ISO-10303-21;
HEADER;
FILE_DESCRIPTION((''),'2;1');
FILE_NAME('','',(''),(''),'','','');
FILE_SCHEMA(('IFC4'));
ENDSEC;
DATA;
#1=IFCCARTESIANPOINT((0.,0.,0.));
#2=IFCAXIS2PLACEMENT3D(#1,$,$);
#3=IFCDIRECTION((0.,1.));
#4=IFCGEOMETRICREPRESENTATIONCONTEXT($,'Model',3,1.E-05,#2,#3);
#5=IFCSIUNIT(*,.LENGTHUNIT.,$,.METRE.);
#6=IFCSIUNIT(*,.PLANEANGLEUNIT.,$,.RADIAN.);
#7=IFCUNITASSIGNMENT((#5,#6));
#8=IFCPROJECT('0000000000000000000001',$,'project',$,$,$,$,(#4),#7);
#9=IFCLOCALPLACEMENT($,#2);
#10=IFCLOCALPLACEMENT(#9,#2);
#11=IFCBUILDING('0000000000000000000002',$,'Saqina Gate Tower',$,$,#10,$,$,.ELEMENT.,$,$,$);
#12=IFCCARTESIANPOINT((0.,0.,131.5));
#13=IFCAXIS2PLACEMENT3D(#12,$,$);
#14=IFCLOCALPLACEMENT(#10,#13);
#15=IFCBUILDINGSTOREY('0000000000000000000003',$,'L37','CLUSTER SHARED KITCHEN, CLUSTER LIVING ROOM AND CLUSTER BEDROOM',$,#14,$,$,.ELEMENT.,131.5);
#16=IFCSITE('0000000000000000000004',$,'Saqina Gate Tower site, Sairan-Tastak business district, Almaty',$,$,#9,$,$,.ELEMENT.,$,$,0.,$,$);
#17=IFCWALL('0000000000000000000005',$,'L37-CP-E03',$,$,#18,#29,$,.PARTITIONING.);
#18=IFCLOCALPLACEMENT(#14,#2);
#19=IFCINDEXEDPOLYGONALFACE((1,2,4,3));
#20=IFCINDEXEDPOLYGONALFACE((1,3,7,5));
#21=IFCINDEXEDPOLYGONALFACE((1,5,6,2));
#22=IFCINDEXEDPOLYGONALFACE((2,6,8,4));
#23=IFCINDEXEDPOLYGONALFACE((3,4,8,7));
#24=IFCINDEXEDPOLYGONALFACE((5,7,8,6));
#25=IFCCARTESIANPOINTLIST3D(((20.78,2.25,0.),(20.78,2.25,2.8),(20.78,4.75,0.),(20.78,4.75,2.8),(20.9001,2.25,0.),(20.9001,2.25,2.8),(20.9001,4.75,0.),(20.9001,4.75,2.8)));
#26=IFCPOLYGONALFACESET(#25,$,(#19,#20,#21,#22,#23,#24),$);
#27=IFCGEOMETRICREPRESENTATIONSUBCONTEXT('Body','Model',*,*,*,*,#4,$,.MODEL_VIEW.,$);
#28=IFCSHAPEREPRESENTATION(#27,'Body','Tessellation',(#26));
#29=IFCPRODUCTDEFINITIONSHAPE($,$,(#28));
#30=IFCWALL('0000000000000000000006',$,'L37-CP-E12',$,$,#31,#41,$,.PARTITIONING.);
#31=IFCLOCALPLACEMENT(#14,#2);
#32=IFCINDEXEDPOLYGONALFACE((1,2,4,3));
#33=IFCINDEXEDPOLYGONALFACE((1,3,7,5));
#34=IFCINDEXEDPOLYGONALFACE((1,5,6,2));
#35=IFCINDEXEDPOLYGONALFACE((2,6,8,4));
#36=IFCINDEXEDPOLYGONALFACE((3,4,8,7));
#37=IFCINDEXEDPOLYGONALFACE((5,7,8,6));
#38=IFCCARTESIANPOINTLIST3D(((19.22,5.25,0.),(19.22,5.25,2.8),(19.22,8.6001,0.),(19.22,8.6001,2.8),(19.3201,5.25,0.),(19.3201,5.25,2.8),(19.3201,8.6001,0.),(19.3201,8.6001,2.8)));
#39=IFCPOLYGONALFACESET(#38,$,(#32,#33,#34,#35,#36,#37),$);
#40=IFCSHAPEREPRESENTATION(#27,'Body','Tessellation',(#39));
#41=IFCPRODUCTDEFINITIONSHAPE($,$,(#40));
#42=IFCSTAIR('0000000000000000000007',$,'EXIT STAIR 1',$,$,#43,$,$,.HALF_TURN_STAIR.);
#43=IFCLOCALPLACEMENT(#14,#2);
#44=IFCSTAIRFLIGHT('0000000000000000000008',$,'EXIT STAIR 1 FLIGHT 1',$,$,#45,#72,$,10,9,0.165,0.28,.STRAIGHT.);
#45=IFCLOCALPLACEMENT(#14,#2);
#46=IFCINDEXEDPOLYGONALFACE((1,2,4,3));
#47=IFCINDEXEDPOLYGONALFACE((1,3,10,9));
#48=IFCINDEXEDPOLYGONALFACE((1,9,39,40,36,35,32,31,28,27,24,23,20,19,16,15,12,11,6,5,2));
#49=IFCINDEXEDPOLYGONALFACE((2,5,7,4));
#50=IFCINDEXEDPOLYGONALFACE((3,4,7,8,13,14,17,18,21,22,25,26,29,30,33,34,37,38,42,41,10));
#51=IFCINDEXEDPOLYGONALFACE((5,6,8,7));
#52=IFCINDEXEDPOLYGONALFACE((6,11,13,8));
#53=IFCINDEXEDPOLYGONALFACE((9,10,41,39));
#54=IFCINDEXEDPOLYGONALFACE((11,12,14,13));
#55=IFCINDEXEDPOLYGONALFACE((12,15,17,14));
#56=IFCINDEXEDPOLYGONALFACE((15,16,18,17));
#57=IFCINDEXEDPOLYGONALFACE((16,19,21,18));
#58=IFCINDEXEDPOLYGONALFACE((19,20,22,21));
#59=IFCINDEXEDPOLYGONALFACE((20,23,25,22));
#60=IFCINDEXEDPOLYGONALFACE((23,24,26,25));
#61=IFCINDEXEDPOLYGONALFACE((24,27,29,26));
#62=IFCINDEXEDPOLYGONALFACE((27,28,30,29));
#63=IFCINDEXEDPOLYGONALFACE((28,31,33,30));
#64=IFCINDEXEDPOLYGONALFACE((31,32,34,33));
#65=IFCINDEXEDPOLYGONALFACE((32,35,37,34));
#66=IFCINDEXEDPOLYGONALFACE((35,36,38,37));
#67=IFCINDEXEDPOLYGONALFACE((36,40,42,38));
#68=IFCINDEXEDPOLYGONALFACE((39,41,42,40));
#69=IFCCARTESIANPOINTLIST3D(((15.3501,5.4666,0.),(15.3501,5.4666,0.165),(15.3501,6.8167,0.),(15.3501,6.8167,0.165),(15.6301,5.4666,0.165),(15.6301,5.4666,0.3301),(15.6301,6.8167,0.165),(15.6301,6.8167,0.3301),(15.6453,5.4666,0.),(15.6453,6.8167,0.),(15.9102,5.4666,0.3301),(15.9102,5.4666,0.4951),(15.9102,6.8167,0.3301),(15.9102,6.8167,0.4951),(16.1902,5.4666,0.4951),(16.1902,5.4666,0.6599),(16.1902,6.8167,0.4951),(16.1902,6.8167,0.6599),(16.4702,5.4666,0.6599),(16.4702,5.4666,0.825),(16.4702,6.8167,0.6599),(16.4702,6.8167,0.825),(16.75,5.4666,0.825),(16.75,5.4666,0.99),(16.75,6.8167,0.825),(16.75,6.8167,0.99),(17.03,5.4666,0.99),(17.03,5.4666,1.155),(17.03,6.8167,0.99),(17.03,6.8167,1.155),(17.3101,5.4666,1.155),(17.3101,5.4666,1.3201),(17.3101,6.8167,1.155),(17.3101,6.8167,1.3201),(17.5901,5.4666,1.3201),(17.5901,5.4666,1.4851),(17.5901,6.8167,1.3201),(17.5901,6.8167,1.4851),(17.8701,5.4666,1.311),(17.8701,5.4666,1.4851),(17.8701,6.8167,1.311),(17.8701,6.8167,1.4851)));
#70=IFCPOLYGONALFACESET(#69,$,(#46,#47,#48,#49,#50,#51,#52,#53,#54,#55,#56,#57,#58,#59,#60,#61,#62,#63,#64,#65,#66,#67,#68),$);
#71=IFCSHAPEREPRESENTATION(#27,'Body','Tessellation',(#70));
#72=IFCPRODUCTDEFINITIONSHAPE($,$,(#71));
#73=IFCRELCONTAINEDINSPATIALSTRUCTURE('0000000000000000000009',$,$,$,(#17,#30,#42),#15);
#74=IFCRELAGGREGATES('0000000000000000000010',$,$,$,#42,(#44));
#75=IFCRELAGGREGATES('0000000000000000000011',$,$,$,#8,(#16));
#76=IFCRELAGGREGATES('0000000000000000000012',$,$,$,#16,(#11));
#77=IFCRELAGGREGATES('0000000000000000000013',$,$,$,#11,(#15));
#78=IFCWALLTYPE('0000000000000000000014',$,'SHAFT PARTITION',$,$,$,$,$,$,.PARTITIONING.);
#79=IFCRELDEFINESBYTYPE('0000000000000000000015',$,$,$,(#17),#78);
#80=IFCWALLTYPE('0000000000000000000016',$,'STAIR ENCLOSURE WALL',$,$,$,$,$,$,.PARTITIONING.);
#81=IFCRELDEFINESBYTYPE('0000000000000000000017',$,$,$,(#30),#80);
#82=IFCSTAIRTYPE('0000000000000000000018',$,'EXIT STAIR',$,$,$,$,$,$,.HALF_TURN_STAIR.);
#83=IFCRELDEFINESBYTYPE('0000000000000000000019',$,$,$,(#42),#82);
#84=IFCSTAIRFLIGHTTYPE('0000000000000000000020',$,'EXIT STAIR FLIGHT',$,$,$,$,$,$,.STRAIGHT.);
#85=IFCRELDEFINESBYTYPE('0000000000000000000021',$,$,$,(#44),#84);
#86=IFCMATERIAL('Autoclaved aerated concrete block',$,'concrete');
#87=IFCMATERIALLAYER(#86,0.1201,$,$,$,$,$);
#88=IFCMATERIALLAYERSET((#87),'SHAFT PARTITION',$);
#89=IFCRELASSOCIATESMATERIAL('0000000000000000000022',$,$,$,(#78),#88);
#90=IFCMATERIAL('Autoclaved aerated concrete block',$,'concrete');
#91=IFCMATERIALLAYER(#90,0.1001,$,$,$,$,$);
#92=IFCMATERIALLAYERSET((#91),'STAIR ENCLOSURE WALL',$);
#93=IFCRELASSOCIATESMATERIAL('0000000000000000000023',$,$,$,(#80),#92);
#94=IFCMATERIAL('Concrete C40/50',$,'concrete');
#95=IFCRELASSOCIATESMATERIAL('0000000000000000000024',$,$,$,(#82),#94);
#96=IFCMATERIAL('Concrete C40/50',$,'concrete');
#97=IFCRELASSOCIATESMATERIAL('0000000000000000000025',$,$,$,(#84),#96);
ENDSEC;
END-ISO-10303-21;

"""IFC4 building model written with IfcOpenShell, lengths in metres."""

from ifc_helpers import new_model, si_unit, direction, frame, frame_2d, origin, place, context, subcontext, project, spatial, polyline, rectangle, outline, extrude, material, layer, layer_set, type_object, element, aggregate, save


model = new_model("IFC4")

# Units and contexts
model_context = context("Model", 3, precision=1e-05, world=origin(), true_north=direction((0.0, 1.0)))
body_context = subcontext(model_context, "Body", "Model", "MODEL_VIEW")
ifc_project = project(units=[si_unit("LENGTHUNIT", "METRE"), si_unit("PLANEANGLEUNIT", "RADIAN")], contexts=[model_context])

# Site, building, storey
site_placement = place(None, origin())
site = spatial("IfcSite", under=ifc_project, at=site_placement, Name="Saqina Gate Tower site, Sairan-Tastak business district, Almaty", CompositionType="ELEMENT", RefElevation=0.0)
building_placement = place(site_placement, origin())
building = spatial("IfcBuilding", under=site, at=building_placement, Name="Saqina Gate Tower", CompositionType="ELEMENT")
storey_placement = place(building_placement, frame((0.0, 0.0, 131.5)))
storey = spatial("IfcBuildingStorey", under=building, at=storey_placement, Name="L37", Description="CLUSTER SHARED KITCHEN, CLUSTER LIVING ROOM AND CLUSTER BEDROOM", CompositionType="ELEMENT", Elevation=131.5)

# Walls
ifc_material_1 = material(Name="Autoclaved aerated concrete block", Category="concrete")
ifc_layer_1 = layer(ifc_material_1, 0.1201)
ifc_layer_set_1 = layer_set([ifc_layer_1], Name="SHAFT PARTITION")
wall_type_1 = type_object("IfcWallType", Name="SHAFT PARTITION", PredefinedType="PARTITIONING", material=ifc_layer_set_1)
for number, where, z_axis, x_axis, name in (
    (1, (20.8401, 2.25, 0.0), (0.0, 0.0, 1.0), (0.0, 1.0, 0.0), "L37-CP-E03"),
):
    element("IfcWall", number, at=place(storey_placement, frame(where, z_axis=z_axis, x_axis=x_axis)), inside=storey, type_object=wall_type_1, Name=name, PredefinedType="PARTITIONING", context=body_context, shape_type="SweptSolid", body=[
        extrude(rectangle(XDim=2.5, YDim=0.1201, at=frame_2d((1.25, 0.0))), origin(), (0.0, 0.0, 1.0), 2.8),
    ])
ifc_material_2 = material(Name="Autoclaved aerated concrete block", Category="concrete")
ifc_layer_2 = layer(ifc_material_2, 0.1001)
ifc_layer_set_2 = layer_set([ifc_layer_2], Name="STAIR ENCLOSURE WALL")
wall_type_2 = type_object("IfcWallType", Name="STAIR ENCLOSURE WALL", PredefinedType="PARTITIONING", material=ifc_layer_set_2)
wall_1_placement = place(storey_placement, frame((19.27, 5.25, 0.0), z_axis=(0.0, 0.0, 1.0), x_axis=(0.0, 1.0, 0.0)))
element("IfcWall", 2, at=wall_1_placement, inside=storey, type_object=wall_type_2, Name="L37-CP-E12", PredefinedType="PARTITIONING", context=body_context, shape_type="SweptSolid", body=[
    extrude(rectangle(XDim=3.3501, YDim=0.1001, at=frame_2d((1.675, 0.0))), origin(), (0.0, 0.0, 1.0), 2.8),
])

# Stair, stair flight
ifc_material_3 = material(Name="Concrete C40/50", Category="concrete")
stair_type = type_object("IfcStairType", Name="EXIT STAIR", PredefinedType="HALF_TURN_STAIR", material=ifc_material_3)
stair_placement = place(storey_placement, origin())
stair = element("IfcStair", 3, at=stair_placement, inside=storey, type_object=stair_type, Name="EXIT STAIR 1", PredefinedType="HALF_TURN_STAIR")
ifc_material_4 = material(Name="Concrete C40/50", Category="concrete")
stair_flight_type = type_object("IfcStairFlightType", Name="EXIT STAIR FLIGHT", PredefinedType="STRAIGHT", material=ifc_material_4)
stair_flight_placement = place(storey_placement, frame((15.3501, 6.1416, 0.0), z_axis=(0.0, 0.0, 1.0), x_axis=(1.0, 0.0, 0.0)))
stair_flight = element("IfcStairFlight", 4, at=stair_flight_placement, type_object=stair_flight_type, Name="EXIT STAIR 1 FLIGHT 1", NumberOfRisers=10, NumberOfTreads=9, PredefinedType="STRAIGHT", RiserHeight=0.165, TreadLength=0.28, context=body_context, shape_type="SweptSolid", body=[
    extrude(outline(polyline([(0.0, 0.0), (0.0, 0.165), (0.28, 0.165), (0.28, 0.3301), (0.5601, 0.3301), (0.5601, 0.4951), (0.8401, 0.4951), (0.8401, 0.6599), (1.1201, 0.6599), (1.1201, 0.825), (1.3999, 0.825), (1.3999, 0.99), (1.6799, 0.99), (1.6799, 1.155), (1.96, 1.155), (1.96, 1.3201), (2.24, 1.3201), (2.24, 1.4851), (2.52, 1.4851), (2.52, 1.6499), (2.52, 1.311), (0.2952, 0.0), (0.0, 0.0)])), frame((0.0, 0.675, 0.0), z_axis=(0.0, -1.0, 0.0), x_axis=(1.0, 0.0, 0.0)), (0.0, 0.0, 1.0), 1.3501),
])
aggregate(stair, [stair_flight])

save(model, "model.ifc")
